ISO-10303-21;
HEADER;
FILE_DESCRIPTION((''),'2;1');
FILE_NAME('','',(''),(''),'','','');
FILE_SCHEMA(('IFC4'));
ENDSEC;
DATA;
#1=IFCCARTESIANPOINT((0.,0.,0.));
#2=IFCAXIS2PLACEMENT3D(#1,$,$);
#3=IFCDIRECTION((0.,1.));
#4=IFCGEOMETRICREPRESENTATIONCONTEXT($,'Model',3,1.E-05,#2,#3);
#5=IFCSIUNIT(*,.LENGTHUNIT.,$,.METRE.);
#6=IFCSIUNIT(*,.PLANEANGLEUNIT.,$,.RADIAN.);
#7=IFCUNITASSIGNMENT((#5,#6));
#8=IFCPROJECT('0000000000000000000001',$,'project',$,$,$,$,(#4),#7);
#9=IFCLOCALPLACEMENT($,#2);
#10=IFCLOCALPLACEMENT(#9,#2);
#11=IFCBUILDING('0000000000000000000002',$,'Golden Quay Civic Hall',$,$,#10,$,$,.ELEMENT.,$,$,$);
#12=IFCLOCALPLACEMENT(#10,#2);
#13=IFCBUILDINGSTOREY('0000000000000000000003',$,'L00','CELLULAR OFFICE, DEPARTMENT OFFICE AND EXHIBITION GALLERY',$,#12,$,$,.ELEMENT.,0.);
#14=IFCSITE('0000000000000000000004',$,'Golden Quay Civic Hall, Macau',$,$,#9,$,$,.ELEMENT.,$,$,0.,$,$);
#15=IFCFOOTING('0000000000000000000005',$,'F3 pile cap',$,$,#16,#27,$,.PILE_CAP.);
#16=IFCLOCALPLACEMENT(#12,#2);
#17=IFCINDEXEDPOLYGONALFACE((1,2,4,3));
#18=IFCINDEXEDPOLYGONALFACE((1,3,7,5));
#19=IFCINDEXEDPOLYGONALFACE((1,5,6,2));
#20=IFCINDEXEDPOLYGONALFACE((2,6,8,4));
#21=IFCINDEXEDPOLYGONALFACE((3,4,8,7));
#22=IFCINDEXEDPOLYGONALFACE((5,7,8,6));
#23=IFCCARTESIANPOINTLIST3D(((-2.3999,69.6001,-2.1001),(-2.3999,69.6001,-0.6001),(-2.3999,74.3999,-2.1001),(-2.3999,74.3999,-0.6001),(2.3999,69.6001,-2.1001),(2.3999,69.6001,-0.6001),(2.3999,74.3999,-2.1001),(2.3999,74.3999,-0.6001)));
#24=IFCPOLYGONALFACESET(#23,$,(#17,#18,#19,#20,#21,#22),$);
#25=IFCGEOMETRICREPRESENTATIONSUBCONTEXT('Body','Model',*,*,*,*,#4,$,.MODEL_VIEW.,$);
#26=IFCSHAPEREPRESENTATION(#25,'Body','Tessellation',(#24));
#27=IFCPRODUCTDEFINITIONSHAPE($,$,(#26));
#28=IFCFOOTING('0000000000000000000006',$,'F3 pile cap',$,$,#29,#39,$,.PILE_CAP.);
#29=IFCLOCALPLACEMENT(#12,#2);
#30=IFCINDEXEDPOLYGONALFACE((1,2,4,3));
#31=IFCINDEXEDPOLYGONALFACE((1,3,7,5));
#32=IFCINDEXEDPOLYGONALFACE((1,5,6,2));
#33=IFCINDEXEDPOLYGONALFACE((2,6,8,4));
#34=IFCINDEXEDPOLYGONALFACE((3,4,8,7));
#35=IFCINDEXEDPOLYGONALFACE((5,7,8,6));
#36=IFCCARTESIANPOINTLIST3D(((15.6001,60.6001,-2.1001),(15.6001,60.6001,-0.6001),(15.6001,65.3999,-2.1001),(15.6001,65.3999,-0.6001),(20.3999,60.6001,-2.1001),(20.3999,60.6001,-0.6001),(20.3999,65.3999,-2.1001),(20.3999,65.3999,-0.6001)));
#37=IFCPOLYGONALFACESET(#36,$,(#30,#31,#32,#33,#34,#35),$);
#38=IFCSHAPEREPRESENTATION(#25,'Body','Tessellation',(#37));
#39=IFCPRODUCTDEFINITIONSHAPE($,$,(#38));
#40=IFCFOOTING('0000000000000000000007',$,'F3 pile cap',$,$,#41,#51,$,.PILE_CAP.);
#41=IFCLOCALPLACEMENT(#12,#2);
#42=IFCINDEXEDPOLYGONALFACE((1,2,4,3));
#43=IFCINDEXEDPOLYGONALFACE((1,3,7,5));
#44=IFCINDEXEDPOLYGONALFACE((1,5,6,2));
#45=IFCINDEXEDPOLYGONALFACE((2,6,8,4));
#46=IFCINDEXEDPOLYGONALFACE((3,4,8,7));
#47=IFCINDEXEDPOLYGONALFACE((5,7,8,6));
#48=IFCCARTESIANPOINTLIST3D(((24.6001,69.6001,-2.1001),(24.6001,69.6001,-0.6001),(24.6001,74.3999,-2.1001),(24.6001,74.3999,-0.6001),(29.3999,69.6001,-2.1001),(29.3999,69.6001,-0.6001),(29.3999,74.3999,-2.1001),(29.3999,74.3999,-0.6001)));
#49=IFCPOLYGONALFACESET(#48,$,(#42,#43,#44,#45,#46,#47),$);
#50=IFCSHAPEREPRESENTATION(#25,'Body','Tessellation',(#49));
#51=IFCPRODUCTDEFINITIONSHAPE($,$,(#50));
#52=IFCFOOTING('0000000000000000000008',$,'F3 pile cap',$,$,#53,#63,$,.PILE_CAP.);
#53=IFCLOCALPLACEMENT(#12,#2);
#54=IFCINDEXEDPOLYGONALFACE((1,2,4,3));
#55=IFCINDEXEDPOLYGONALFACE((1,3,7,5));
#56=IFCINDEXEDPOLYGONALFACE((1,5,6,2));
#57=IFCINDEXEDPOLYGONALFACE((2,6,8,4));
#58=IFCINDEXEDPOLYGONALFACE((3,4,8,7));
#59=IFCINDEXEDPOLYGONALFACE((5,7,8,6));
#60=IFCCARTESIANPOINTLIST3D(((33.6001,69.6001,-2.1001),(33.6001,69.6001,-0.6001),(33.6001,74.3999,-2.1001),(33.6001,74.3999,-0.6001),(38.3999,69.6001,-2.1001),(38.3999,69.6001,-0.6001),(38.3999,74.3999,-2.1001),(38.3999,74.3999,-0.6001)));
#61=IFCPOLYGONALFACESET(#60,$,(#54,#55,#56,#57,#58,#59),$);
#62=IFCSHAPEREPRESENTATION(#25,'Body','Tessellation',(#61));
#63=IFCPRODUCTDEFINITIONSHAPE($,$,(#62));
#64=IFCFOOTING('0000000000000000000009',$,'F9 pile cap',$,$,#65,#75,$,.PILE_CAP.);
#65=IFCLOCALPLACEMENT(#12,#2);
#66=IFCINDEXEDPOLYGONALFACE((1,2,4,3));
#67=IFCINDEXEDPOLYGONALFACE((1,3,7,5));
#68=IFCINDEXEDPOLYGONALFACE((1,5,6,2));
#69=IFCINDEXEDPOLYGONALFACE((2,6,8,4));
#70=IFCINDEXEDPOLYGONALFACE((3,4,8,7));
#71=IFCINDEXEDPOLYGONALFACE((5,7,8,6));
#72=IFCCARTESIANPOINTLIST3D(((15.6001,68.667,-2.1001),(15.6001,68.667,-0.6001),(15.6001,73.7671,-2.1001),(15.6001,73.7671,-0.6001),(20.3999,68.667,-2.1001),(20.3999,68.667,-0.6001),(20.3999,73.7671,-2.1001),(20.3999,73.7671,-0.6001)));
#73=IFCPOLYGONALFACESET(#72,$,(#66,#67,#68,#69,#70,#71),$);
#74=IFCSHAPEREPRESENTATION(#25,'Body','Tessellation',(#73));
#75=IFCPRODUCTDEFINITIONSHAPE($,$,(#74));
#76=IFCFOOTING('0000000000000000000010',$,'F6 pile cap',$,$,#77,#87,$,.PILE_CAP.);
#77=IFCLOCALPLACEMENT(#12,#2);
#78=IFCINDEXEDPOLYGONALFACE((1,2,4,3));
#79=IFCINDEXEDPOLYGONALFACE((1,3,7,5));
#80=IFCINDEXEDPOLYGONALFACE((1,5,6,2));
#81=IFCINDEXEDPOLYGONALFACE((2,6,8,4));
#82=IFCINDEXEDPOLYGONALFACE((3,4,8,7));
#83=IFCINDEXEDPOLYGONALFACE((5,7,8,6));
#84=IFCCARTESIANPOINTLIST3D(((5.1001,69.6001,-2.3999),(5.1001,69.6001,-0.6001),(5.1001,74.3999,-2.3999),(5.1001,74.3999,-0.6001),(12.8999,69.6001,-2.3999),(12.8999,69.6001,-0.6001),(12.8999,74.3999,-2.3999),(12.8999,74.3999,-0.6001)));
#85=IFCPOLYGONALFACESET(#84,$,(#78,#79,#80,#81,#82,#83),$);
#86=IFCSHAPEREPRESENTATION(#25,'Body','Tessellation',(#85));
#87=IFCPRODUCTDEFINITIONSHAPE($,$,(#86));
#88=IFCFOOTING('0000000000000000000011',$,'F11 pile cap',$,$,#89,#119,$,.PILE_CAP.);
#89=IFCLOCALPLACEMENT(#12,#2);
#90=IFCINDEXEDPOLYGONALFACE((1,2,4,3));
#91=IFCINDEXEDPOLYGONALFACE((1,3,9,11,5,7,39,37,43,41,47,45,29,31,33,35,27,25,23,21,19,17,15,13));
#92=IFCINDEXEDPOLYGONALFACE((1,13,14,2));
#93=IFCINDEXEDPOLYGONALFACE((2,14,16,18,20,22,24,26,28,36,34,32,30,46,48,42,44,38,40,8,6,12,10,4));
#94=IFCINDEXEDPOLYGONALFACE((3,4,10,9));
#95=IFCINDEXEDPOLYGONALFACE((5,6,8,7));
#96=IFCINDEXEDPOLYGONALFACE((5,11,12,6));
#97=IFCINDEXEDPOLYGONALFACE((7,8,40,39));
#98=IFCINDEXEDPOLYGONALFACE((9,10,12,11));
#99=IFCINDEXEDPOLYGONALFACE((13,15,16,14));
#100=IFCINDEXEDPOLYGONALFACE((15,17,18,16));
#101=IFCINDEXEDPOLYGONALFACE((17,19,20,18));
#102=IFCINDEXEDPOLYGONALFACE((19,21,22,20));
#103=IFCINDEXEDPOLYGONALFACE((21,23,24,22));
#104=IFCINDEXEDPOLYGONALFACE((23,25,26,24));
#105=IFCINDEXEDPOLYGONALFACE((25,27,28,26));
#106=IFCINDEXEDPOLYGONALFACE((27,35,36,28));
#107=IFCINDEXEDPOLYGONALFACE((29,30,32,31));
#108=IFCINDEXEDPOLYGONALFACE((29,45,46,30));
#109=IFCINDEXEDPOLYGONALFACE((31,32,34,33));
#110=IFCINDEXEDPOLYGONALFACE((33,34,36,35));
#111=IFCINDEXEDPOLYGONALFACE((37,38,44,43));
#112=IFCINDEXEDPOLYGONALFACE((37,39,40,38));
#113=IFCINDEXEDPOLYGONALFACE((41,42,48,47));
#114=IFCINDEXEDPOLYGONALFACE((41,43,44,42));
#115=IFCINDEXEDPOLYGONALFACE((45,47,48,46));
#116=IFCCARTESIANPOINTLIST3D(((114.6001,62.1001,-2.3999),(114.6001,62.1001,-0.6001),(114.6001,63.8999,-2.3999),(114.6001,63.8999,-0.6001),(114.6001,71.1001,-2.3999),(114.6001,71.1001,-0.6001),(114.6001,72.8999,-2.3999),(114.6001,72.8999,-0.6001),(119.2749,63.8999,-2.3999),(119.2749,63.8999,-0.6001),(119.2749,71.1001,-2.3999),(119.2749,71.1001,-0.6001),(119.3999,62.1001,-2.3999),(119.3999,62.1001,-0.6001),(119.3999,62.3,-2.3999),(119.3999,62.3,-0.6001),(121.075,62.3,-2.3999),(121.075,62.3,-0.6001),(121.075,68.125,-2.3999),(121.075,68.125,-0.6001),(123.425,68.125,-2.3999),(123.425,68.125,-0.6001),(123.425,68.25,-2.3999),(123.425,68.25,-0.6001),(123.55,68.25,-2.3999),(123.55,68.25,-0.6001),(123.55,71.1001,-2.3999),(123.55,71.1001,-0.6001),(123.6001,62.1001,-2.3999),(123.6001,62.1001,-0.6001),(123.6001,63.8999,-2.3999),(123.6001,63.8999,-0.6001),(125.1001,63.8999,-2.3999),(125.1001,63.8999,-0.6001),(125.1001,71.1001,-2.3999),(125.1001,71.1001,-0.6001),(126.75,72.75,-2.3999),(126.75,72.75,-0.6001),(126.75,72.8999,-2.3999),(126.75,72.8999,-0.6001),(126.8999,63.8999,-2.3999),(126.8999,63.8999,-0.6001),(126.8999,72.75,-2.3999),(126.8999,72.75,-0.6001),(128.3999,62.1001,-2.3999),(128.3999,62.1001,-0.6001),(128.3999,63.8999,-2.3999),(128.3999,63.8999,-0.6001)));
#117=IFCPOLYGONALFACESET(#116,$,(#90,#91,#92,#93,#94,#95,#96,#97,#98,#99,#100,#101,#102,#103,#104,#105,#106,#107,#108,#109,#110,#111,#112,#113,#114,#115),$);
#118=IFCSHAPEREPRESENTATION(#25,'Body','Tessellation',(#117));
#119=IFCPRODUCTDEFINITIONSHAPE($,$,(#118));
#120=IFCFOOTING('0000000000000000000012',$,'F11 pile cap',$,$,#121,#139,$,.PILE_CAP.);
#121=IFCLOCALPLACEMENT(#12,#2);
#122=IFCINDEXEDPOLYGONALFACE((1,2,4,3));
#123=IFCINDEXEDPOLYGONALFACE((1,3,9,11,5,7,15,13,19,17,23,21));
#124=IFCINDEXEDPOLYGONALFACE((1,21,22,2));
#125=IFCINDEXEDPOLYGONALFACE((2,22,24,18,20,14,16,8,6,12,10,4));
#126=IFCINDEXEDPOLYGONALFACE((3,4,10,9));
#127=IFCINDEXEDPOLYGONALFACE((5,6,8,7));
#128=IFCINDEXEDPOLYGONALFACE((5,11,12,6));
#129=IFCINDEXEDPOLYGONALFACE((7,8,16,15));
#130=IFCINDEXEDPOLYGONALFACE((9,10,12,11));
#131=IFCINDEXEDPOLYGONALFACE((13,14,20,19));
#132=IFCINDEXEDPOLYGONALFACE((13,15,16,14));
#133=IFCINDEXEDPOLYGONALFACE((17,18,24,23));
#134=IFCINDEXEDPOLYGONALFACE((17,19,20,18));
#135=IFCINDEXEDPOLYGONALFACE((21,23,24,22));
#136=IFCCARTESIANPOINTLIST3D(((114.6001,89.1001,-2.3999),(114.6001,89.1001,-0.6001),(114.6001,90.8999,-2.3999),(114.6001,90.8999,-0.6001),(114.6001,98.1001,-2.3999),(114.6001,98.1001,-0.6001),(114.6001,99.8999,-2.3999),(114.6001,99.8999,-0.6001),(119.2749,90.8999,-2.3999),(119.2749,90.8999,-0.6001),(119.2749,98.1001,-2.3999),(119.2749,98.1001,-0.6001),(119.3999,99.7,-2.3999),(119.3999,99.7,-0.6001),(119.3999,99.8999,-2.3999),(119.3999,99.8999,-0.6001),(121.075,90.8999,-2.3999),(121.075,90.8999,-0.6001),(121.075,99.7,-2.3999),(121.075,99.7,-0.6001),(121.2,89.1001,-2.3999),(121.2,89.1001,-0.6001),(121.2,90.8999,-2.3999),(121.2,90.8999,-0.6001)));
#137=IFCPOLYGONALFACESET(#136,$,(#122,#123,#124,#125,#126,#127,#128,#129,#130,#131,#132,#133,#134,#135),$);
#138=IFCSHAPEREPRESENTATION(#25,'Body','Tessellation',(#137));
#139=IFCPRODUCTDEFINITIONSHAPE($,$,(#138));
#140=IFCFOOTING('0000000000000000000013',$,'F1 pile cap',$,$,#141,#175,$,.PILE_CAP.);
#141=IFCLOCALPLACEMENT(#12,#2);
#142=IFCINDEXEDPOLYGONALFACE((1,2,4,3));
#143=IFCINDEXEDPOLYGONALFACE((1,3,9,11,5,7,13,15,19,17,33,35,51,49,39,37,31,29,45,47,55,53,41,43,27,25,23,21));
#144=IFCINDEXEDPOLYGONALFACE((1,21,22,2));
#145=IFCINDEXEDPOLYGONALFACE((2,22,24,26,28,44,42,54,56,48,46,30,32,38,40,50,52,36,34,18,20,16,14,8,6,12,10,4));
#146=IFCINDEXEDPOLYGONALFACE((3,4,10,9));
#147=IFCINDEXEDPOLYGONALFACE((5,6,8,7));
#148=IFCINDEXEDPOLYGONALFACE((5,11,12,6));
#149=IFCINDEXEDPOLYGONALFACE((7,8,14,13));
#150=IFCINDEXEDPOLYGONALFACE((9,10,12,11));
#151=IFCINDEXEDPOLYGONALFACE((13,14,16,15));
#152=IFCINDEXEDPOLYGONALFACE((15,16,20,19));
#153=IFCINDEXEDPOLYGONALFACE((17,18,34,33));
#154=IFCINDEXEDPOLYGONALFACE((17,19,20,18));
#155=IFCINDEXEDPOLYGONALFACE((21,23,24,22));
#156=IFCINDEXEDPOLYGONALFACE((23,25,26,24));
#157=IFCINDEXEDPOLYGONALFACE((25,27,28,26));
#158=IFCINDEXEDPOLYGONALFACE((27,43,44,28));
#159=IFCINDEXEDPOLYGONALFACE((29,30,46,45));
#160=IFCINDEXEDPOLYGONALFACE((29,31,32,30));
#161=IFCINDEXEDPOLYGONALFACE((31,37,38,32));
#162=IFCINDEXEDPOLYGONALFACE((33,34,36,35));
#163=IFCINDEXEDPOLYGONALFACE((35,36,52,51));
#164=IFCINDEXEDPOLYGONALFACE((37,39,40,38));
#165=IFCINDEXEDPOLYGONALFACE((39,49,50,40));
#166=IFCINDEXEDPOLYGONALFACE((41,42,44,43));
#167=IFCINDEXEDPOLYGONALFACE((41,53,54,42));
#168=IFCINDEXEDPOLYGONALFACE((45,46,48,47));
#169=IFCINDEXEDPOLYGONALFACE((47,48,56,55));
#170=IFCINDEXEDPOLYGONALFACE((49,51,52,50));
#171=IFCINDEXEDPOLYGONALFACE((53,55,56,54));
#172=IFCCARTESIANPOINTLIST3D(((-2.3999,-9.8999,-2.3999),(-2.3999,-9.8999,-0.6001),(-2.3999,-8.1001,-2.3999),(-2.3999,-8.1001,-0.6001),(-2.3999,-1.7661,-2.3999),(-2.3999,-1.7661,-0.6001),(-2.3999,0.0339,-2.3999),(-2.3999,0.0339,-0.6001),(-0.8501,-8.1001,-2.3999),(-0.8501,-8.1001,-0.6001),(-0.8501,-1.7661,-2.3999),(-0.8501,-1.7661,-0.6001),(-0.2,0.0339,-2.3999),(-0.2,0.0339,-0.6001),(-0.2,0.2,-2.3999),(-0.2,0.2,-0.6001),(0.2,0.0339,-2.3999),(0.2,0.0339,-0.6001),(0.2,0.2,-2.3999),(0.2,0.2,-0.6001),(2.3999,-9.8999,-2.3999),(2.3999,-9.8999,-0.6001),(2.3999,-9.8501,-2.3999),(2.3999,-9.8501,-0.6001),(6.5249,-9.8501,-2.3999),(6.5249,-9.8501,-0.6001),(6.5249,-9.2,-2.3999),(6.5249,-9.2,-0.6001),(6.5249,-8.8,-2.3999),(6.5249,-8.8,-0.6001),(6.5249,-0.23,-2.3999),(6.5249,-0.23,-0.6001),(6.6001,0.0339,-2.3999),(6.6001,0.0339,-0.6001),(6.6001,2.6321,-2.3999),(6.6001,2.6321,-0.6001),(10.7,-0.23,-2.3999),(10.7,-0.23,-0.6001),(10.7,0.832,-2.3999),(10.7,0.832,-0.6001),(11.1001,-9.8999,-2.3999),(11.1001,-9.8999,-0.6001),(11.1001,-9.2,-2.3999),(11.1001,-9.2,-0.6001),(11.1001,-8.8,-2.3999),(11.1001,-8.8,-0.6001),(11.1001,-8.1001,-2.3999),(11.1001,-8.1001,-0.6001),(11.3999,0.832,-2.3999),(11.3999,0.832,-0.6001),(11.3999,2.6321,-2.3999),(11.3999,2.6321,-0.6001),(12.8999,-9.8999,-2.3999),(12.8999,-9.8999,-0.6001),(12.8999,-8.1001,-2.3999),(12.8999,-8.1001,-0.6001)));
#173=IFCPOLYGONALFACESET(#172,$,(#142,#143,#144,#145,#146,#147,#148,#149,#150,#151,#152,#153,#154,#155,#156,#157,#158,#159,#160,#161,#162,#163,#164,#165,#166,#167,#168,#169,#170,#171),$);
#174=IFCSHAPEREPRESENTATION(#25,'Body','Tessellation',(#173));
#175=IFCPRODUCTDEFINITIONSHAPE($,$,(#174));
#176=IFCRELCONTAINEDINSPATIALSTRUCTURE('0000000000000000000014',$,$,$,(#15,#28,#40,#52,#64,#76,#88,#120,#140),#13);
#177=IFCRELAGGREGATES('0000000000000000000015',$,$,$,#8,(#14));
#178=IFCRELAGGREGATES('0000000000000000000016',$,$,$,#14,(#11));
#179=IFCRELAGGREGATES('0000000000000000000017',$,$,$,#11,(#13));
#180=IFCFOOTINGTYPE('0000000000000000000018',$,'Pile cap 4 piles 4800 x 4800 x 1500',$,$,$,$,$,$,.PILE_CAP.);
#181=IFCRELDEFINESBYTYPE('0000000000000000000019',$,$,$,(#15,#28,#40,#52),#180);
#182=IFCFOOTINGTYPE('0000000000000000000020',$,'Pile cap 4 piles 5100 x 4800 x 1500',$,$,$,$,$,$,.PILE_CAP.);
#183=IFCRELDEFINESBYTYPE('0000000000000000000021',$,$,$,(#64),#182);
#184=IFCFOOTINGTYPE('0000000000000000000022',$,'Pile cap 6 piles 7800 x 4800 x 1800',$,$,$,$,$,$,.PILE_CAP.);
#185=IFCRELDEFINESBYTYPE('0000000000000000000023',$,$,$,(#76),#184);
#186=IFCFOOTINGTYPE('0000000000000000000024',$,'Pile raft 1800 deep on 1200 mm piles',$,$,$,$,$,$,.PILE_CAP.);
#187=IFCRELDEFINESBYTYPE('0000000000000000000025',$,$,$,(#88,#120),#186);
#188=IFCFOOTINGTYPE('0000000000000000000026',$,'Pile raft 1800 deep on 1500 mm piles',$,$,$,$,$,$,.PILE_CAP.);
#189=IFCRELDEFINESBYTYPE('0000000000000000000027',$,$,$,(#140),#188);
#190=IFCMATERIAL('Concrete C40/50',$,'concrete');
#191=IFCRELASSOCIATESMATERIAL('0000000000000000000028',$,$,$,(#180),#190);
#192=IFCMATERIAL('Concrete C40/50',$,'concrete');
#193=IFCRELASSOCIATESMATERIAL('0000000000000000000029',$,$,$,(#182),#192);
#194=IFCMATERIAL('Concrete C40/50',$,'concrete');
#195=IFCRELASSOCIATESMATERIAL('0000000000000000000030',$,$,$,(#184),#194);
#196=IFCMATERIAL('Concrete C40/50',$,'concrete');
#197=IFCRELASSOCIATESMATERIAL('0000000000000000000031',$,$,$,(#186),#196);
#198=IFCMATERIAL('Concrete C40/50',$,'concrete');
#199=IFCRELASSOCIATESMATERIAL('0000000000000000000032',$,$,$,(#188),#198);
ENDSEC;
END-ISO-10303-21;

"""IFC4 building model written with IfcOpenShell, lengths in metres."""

from ifc_helpers import new_model, si_unit, direction, frame, origin, place, context, subcontext, project, spatial, polyline, outline, extrude, material, type_object, element, save


model = new_model("IFC4")

# Units and contexts
model_context = context("Model", 3, precision=1e-05, world=origin(), true_north=direction((0.0, 1.0)))
body_context = subcontext(model_context, "Body", "Model", "MODEL_VIEW")
ifc_project = project(units=[si_unit("LENGTHUNIT", "METRE"), si_unit("PLANEANGLEUNIT", "RADIAN")], contexts=[model_context])

# Site, building, storey
site_placement = place(None, origin())
site = spatial("IfcSite", under=ifc_project, at=site_placement, Name="Golden Quay Civic Hall, Macau", CompositionType="ELEMENT", RefElevation=0.0)
building_placement = place(site_placement, origin())
building = spatial("IfcBuilding", under=site, at=building_placement, Name="Golden Quay Civic Hall", CompositionType="ELEMENT")
storey_placement = place(building_placement, origin())
storey = spatial("IfcBuildingStorey", under=building, at=storey_placement, Name="L00", Description="CELLULAR OFFICE, DEPARTMENT OFFICE AND EXHIBITION GALLERY", CompositionType="ELEMENT", Elevation=0.0)

# Footings
ifc_material_1 = material(Name="Concrete C40/50", Category="concrete")
footing_type_1 = type_object("IfcFootingType", Name="Pile cap 4 piles 4800 x 4800 x 1500", PredefinedType="PILE_CAP", material=ifc_material_1)
footing_1_placement = place(storey_placement, frame((0.0, 0.0, -2.1001)))
element("IfcFooting", 1, at=footing_1_placement, inside=storey, type_object=footing_type_1, Name="F3 pile cap", PredefinedType="PILE_CAP", context=body_context, shape_type="SweptSolid", body=[
    extrude(outline(polyline([(2.3999, 69.6001), (2.3999, 74.3999), (-2.3999, 74.3999), (-2.3999, 69.6001), (2.3999, 69.6001)])), origin(), (0.0, 0.0, 1.0), 1.5),
])
footing_2_placement = place(storey_placement, frame((0.0, 0.0, -2.1001)))
element("IfcFooting", 2, at=footing_2_placement, inside=storey, type_object=footing_type_1, Name="F3 pile cap", PredefinedType="PILE_CAP", context=body_context, shape_type="SweptSolid", body=[
    extrude(outline(polyline([(20.3999, 60.6001), (20.3999, 65.3999), (15.6001, 65.3999), (15.6001, 60.6001), (20.3999, 60.6001)])), origin(), (0.0, 0.0, 1.0), 1.5),
])
footing_3_placement = place(storey_placement, frame((0.0, 0.0, -2.1001)))
element("IfcFooting", 3, at=footing_3_placement, inside=storey, type_object=footing_type_1, Name="F3 pile cap", PredefinedType="PILE_CAP", context=body_context, shape_type="SweptSolid", body=[
    extrude(outline(polyline([(29.3999, 69.6001), (29.3999, 74.3999), (24.6001, 74.3999), (24.6001, 69.6001), (29.3999, 69.6001)])), origin(), (0.0, 0.0, 1.0), 1.5),
])
footing_4_placement = place(storey_placement, frame((0.0, 0.0, -2.1001)))
element("IfcFooting", 4, at=footing_4_placement, inside=storey, type_object=footing_type_1, Name="F3 pile cap", PredefinedType="PILE_CAP", context=body_context, shape_type="SweptSolid", body=[
    extrude(outline(polyline([(38.3999, 69.6001), (38.3999, 74.3999), (33.6001, 74.3999), (33.6001, 69.6001), (38.3999, 69.6001)])), origin(), (0.0, 0.0, 1.0), 1.5),
])
ifc_material_2 = material(Name="Concrete C40/50", Category="concrete")
footing_type_2 = type_object("IfcFootingType", Name="Pile cap 4 piles 5100 x 4800 x 1500", PredefinedType="PILE_CAP", material=ifc_material_2)
footing_5_placement = place(storey_placement, frame((0.0, 0.0, -2.1001)))
element("IfcFooting", 5, at=footing_5_placement, inside=storey, type_object=footing_type_2, Name="F9 pile cap", PredefinedType="PILE_CAP", context=body_context, shape_type="SweptSolid", body=[
    extrude(outline(polyline([(20.3999, 68.667), (20.3999, 73.7671), (15.6001, 73.7671), (15.6001, 68.667), (20.3999, 68.667)])), origin(), (0.0, 0.0, 1.0), 1.5),
])
ifc_material_3 = material(Name="Concrete C40/50", Category="concrete")
footing_type_3 = type_object("IfcFootingType", Name="Pile cap 6 piles 7800 x 4800 x 1800", PredefinedType="PILE_CAP", material=ifc_material_3)
footing_6_placement = place(storey_placement, frame((0.0, 0.0, -2.3999)))
element("IfcFooting", 6, at=footing_6_placement, inside=storey, type_object=footing_type_3, Name="F6 pile cap", PredefinedType="PILE_CAP", context=body_context, shape_type="SweptSolid", body=[
    extrude(outline(polyline([(12.8999, 69.6001), (12.8999, 74.3999), (5.1001, 74.3999), (5.1001, 69.6001), (12.8999, 69.6001)])), origin(), (0.0, 0.0, 1.0), 1.7998),
])
ifc_material_4 = material(Name="Concrete C40/50", Category="concrete")
footing_type_4 = type_object("IfcFootingType", Name="Pile raft 1800 deep on 1200 mm piles", PredefinedType="PILE_CAP", material=ifc_material_4)
footing_7_placement = place(storey_placement, frame((0.0, 0.0, -2.3999)))
element("IfcFooting", 7, at=footing_7_placement, inside=storey, type_object=footing_type_4, Name="F11 pile cap", PredefinedType="PILE_CAP", context=body_context, shape_type="SweptSolid", body=[
    extrude(outline(polyline([(114.6001, 62.1001), (114.6001, 63.8999), (119.2749, 63.8999), (119.2749, 71.1001), (114.6001, 71.1001), (114.6001, 72.8999), (126.75, 72.8999), (126.75, 72.75), (126.8999, 72.75), (126.8999, 63.8999), (128.3999, 63.8999), (128.3999, 62.1001), (123.6001, 62.1001), (123.6001, 63.8999), (125.1001, 63.8999), (125.1001, 71.1001), (123.55, 71.1001), (123.55, 68.25), (123.425, 68.25), (123.425, 68.125), (121.075, 68.125), (121.075, 62.3), (119.3999, 62.3), (119.3999, 62.1001), (114.6001, 62.1001)])), origin(), (0.0, 0.0, 1.0), 1.7998),
])
footing_8_placement = place(storey_placement, frame((0.0, 0.0, -2.3999)))
element("IfcFooting", 8, at=footing_8_placement, inside=storey, type_object=footing_type_4, Name="F11 pile cap", PredefinedType="PILE_CAP", context=body_context, shape_type="SweptSolid", body=[
    extrude(outline(polyline([(114.6001, 98.1001), (114.6001, 99.8999), (119.3999, 99.8999), (119.3999, 99.7), (121.075, 99.7), (121.075, 90.8999), (121.2, 90.8999), (121.2, 89.1001), (114.6001, 89.1001), (114.6001, 90.8999), (119.2749, 90.8999), (119.2749, 98.1001), (114.6001, 98.1001)])), origin(), (0.0, 0.0, 1.0), 1.7998),
])
ifc_material_5 = material(Name="Concrete C40/50", Category="concrete")
footing_type_5 = type_object("IfcFootingType", Name="Pile raft 1800 deep on 1500 mm piles", PredefinedType="PILE_CAP", material=ifc_material_5)
footing_9_placement = place(storey_placement, frame((0.0, 0.0, -2.3999)))
element("IfcFooting", 9, at=footing_9_placement, inside=storey, type_object=footing_type_5, Name="F1 pile cap", PredefinedType="PILE_CAP", context=body_context, shape_type="SweptSolid", body=[
    extrude(outline(polyline([(-2.3999, -8.1001), (-0.8501, -8.1001), (-0.8501, -1.7661), (-2.3999, -1.7661), (-2.3999, 0.0339), (-0.2, 0.0339), (-0.2, 0.2), (0.2, 0.2), (0.2, 0.0339), (6.6001, 0.0339), (6.6001, 2.6321), (11.3999, 2.6321), (11.3999, 0.832), (10.7, 0.832), (10.7, -0.23), (6.5249, -0.23), (6.5249, -8.8), (11.1001, -8.8), (11.1001, -8.1001), (12.8999, -8.1001), (12.8999, -9.8999), (11.1001, -9.8999), (11.1001, -9.2), (6.5249, -9.2), (6.5249, -9.8501), (2.3999, -9.8501), (2.3999, -9.8999), (-2.3999, -9.8999), (-2.3999, -8.1001)])), origin(), (0.0, 0.0, 1.0), 1.7998),
])

save(model, "model.ifc")
